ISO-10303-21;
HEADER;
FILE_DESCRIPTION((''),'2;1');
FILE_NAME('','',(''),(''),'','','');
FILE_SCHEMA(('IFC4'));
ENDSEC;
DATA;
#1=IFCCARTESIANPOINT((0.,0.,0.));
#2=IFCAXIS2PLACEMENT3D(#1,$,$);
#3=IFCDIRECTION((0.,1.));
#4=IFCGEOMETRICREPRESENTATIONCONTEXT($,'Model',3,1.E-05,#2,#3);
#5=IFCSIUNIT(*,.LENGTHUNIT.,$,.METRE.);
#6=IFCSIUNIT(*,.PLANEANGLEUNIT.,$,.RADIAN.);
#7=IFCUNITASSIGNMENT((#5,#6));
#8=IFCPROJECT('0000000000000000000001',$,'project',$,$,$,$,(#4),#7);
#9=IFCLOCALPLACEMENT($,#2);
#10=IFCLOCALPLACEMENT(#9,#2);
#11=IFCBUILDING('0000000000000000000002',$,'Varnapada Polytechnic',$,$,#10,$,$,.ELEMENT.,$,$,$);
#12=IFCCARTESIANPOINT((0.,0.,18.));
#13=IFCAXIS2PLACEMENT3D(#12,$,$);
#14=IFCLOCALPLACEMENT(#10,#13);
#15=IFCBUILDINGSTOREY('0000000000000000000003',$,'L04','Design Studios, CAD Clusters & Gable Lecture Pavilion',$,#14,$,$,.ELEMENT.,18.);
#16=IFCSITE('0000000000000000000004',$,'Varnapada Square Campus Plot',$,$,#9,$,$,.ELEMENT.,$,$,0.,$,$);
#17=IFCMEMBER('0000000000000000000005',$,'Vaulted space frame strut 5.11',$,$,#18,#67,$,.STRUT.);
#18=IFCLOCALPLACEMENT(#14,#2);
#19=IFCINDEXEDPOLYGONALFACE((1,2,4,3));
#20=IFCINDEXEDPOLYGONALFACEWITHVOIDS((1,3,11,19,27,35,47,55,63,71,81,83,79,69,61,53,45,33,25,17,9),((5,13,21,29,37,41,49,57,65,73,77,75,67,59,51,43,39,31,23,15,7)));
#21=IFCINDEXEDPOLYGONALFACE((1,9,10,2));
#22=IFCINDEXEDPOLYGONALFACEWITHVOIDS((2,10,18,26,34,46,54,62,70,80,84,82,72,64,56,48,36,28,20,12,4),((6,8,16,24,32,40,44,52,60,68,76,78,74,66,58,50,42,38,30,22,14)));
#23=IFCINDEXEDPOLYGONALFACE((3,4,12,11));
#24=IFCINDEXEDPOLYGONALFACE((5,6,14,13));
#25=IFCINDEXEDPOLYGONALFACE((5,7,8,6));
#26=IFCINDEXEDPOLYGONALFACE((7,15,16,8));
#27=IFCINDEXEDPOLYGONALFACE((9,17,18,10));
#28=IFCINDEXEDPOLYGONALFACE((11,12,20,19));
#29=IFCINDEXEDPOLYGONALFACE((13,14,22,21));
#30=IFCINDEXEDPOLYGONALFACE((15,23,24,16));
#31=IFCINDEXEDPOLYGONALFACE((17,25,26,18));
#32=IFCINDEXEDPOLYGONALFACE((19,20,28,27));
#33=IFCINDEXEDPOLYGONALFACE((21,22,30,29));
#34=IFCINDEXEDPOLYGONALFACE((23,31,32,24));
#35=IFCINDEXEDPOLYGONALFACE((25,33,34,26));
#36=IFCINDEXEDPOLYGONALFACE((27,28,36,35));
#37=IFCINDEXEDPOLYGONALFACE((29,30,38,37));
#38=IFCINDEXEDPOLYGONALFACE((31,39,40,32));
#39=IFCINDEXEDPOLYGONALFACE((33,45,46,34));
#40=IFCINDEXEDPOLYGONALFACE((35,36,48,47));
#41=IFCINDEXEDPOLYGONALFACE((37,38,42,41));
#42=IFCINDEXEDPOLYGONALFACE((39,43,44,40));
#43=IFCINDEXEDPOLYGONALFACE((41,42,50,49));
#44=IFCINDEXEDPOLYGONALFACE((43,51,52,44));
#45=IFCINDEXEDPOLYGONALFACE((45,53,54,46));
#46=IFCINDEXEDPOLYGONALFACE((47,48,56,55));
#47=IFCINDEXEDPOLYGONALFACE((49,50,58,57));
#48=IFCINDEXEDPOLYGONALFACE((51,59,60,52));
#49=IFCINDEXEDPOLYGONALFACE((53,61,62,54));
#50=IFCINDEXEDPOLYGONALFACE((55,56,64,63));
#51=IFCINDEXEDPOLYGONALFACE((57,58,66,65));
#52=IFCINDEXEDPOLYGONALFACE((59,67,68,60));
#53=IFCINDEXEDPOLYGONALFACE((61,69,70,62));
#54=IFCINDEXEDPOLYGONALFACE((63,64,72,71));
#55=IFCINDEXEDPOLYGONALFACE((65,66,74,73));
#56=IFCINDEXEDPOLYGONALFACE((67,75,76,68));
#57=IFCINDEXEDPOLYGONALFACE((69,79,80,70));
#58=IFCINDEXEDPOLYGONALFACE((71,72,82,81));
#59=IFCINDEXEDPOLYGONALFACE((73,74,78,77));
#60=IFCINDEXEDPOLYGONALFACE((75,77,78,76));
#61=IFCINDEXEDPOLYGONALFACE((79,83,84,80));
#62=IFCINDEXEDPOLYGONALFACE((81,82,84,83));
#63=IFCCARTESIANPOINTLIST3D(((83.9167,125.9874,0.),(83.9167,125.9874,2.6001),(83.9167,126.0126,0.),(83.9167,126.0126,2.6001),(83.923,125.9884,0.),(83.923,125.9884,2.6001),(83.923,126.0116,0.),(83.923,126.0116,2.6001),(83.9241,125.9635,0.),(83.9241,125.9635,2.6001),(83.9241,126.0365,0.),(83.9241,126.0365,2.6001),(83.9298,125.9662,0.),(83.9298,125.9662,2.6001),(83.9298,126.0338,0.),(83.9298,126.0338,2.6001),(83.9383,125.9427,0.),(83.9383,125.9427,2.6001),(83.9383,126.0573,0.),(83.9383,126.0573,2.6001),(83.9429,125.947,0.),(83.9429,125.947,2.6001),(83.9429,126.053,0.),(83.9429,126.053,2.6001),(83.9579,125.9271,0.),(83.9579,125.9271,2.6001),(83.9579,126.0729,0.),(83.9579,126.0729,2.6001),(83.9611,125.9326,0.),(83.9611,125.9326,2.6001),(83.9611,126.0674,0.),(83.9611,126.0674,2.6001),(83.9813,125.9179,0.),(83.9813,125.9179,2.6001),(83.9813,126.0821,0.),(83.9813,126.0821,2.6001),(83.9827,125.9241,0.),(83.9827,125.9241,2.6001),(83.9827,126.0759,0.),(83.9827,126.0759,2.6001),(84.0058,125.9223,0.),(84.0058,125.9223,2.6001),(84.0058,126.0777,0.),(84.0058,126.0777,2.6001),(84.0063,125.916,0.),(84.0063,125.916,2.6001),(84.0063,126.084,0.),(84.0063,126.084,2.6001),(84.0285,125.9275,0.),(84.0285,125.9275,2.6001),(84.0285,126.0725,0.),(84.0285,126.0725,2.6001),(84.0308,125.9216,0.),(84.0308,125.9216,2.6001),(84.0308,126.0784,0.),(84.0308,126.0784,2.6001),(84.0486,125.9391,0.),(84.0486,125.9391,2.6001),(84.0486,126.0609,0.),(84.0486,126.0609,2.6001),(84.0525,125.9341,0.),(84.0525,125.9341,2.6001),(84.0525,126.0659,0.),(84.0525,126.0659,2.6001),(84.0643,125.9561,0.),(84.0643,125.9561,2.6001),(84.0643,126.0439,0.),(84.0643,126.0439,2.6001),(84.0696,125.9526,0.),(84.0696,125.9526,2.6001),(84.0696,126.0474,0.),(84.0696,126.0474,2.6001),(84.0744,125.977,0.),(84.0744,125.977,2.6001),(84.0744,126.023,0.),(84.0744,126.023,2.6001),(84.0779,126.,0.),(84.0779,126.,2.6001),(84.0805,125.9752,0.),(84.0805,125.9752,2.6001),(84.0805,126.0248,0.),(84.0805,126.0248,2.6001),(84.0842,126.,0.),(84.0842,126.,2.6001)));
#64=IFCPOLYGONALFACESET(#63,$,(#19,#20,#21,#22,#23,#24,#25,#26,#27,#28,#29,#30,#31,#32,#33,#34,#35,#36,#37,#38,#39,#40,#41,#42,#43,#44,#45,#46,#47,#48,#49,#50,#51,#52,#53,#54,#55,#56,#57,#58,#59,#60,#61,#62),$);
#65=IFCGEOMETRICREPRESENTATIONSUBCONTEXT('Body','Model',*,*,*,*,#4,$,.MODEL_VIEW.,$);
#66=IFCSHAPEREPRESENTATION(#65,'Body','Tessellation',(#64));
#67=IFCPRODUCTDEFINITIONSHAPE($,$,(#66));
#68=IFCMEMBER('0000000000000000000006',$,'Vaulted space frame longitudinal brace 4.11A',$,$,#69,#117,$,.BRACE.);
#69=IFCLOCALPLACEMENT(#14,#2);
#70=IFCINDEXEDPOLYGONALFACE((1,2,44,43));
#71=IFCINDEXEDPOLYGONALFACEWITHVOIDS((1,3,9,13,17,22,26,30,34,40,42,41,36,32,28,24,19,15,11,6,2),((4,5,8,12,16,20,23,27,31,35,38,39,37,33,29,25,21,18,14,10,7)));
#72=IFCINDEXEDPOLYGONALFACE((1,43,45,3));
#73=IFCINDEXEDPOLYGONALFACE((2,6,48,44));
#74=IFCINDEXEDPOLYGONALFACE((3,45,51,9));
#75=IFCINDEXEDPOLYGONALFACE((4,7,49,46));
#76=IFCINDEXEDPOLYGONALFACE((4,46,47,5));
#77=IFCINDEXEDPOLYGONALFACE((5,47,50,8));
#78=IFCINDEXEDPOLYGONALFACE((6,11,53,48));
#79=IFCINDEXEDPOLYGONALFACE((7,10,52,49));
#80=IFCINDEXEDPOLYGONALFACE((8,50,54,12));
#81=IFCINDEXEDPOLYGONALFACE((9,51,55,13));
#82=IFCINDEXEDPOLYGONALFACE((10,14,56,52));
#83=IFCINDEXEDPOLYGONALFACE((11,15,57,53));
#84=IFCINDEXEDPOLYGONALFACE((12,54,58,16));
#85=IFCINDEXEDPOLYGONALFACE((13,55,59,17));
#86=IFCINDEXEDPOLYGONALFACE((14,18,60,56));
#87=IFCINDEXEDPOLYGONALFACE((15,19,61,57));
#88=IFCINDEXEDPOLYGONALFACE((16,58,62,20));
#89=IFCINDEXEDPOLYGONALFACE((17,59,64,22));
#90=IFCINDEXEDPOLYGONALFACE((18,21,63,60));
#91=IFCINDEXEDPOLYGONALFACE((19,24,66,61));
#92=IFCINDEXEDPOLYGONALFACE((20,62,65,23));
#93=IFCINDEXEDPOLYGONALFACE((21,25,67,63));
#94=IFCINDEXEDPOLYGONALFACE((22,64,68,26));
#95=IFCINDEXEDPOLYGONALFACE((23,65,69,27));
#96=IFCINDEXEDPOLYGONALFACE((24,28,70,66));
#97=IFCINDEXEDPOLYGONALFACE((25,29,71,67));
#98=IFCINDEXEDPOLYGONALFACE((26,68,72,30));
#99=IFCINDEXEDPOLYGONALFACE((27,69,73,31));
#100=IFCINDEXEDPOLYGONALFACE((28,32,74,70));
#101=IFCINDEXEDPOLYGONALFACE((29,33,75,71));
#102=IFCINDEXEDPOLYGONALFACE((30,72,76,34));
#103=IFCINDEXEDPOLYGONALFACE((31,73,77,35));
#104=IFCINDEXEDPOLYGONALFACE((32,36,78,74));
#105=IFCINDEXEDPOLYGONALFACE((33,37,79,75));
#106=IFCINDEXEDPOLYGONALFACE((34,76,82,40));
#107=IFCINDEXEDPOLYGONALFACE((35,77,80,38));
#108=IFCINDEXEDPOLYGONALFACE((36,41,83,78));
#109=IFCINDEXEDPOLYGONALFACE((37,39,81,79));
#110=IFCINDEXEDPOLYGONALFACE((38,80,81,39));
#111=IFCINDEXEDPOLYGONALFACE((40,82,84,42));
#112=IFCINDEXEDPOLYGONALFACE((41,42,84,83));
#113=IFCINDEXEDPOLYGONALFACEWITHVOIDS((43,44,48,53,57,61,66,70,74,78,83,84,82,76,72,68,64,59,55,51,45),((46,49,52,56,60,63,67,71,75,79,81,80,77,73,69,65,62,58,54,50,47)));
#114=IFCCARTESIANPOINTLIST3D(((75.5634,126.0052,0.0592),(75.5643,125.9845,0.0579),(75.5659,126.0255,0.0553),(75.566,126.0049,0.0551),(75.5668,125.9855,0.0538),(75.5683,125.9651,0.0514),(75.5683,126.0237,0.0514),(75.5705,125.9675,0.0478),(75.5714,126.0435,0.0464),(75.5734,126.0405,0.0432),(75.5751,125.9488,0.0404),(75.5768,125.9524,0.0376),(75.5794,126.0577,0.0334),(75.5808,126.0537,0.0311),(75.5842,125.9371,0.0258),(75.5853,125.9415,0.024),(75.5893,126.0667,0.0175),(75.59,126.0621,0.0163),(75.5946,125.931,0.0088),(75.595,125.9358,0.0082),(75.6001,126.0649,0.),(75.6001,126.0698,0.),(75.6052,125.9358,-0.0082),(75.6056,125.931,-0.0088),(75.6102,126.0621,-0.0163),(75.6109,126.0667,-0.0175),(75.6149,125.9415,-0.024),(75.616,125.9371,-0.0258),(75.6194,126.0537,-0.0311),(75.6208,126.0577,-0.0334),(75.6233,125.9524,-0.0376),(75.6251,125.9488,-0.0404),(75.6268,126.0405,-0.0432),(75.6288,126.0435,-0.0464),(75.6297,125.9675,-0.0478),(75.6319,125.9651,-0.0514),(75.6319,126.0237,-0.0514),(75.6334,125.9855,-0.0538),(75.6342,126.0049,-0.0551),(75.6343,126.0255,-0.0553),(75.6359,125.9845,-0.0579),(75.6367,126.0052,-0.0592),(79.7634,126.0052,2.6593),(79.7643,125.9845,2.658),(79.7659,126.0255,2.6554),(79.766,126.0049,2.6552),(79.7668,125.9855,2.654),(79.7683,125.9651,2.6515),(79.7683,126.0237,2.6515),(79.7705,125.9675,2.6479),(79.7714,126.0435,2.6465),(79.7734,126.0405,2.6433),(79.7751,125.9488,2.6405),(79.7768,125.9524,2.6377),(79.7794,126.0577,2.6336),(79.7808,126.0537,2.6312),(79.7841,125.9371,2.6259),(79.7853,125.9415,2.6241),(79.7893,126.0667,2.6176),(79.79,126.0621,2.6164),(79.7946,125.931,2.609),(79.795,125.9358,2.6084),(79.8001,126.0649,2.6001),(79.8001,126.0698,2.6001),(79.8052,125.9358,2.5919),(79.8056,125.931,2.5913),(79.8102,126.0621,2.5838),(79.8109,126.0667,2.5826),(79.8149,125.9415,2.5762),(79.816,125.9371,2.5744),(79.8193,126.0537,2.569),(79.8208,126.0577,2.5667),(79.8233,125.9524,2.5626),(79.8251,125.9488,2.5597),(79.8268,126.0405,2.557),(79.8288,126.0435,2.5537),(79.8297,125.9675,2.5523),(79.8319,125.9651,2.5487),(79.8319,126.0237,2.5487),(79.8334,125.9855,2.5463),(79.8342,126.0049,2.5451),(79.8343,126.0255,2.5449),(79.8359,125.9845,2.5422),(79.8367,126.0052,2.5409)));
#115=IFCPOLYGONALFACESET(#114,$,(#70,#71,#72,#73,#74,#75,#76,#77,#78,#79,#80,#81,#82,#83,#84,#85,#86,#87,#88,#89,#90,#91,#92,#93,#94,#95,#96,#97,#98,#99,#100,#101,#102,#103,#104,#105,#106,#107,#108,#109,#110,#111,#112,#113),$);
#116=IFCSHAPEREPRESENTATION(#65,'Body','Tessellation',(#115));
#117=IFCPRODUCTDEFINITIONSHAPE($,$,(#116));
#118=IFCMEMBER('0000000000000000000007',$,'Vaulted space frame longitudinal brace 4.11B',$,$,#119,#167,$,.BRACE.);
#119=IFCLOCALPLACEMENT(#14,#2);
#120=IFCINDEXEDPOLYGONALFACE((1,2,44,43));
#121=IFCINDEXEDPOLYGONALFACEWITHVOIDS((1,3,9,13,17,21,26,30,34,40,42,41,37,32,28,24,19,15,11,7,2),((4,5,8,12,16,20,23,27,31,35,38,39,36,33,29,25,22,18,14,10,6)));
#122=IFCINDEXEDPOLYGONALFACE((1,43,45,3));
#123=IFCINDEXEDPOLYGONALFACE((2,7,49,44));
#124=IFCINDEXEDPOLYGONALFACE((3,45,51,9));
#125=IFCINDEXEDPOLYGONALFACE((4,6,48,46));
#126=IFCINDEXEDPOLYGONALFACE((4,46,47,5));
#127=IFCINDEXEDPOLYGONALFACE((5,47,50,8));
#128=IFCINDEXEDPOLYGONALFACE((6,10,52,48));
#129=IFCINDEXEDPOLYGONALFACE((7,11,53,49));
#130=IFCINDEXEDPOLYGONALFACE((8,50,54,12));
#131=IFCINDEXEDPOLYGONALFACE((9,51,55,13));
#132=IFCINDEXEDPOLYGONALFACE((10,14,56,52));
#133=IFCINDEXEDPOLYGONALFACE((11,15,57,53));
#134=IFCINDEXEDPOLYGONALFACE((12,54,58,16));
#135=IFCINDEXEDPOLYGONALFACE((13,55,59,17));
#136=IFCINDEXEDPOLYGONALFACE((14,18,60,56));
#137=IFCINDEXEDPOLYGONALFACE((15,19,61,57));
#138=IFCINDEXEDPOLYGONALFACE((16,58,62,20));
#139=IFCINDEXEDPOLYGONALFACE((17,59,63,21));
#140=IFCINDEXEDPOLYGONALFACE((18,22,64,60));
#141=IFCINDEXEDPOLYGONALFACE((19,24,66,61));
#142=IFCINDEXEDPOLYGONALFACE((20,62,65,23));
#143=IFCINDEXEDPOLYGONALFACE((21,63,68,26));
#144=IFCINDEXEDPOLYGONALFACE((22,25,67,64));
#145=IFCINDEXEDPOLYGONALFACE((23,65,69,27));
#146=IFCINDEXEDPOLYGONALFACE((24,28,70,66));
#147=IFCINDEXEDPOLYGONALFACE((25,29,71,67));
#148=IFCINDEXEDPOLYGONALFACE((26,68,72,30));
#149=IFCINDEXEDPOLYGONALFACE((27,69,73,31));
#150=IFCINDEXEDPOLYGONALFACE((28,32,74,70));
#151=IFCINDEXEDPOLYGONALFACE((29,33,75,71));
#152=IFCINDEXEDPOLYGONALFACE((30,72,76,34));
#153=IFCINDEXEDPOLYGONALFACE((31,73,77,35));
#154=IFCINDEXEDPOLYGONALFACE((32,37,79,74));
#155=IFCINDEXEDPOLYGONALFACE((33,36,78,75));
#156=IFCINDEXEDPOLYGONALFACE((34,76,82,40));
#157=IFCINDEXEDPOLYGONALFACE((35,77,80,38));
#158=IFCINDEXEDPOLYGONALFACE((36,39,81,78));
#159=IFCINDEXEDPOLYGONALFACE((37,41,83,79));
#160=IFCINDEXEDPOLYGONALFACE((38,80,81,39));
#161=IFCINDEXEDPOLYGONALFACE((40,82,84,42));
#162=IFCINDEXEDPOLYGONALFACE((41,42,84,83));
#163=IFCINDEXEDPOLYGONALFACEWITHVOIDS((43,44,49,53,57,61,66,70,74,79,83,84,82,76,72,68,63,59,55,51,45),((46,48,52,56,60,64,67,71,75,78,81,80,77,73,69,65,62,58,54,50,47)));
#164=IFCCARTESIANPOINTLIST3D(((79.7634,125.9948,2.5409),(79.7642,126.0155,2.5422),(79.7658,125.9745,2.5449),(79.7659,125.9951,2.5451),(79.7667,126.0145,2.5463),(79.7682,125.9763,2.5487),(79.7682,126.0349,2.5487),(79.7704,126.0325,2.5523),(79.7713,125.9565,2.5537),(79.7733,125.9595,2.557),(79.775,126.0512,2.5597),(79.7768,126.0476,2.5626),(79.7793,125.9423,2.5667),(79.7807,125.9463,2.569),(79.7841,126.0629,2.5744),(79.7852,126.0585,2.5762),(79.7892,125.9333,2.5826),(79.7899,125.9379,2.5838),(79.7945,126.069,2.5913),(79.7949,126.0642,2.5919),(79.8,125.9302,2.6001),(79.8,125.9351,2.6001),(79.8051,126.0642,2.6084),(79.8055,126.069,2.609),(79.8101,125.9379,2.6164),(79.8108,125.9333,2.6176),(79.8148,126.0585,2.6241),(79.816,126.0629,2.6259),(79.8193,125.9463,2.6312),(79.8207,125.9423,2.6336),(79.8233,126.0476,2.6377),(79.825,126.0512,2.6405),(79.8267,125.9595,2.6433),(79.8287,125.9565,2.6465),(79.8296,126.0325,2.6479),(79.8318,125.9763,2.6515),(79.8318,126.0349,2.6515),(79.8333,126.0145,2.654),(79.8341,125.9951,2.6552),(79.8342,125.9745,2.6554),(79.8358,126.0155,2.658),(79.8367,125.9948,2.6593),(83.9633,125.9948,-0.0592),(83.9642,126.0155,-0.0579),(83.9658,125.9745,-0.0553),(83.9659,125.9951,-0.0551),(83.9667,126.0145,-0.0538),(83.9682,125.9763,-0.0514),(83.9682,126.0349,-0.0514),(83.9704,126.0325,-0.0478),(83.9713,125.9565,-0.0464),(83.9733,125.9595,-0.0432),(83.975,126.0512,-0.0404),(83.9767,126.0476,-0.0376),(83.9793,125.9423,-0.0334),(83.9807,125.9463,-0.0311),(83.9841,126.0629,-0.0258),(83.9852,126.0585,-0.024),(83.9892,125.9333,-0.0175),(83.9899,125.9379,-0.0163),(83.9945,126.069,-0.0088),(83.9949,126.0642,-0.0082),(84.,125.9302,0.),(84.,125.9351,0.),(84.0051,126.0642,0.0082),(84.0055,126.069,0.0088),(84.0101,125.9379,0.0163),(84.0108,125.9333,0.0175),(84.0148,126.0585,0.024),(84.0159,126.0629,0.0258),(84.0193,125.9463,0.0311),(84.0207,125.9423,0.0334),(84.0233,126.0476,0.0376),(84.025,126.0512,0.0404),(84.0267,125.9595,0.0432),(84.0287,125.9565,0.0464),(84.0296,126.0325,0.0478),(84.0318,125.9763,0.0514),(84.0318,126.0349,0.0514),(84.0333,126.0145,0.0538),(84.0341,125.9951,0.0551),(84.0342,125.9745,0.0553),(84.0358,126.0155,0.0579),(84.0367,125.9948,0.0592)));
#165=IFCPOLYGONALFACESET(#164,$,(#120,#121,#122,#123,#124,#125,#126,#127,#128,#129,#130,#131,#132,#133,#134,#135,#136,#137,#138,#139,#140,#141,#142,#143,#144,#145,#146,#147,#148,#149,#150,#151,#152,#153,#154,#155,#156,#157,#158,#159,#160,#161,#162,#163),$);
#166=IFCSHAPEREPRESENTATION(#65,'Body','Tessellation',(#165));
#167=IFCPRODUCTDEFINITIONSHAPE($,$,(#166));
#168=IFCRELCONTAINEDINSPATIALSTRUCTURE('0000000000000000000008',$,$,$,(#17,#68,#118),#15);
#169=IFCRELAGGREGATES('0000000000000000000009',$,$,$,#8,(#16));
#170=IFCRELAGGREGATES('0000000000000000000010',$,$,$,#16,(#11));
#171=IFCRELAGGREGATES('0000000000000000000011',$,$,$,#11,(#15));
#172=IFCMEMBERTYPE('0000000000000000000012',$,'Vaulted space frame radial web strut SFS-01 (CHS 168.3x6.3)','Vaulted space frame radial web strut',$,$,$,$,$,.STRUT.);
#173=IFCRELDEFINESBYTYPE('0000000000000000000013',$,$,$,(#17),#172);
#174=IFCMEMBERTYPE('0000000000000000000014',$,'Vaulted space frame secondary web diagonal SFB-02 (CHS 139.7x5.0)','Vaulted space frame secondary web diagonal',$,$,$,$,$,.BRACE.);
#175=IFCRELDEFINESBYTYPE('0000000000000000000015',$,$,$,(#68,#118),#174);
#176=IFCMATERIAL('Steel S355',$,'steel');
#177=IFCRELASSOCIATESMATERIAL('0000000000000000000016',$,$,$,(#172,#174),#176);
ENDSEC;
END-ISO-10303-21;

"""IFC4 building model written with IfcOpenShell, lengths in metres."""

from ifc_helpers import new_model, si_unit, direction, frame, origin, origin_2d, place, context, subcontext, project, spatial, hollow_circle, extrude, material, material_profile, profile_set, type_object, element, save


model = new_model("IFC4")

# Units and contexts
model_context = context("Model", 3, precision=1e-05, world=origin(), true_north=direction((0.0, 1.0)))
body_context = subcontext(model_context, "Body", "Model", "MODEL_VIEW")
ifc_project = project(units=[si_unit("LENGTHUNIT", "METRE"), si_unit("PLANEANGLEUNIT", "RADIAN")], contexts=[model_context])

# Site, building, storey
site_placement = place(None, origin())
site = spatial("IfcSite", under=ifc_project, at=site_placement, Name="Varnapada Square Campus Plot", CompositionType="ELEMENT", RefElevation=0.0)
building_placement = place(site_placement, origin())
building = spatial("IfcBuilding", under=site, at=building_placement, Name="Varnapada Polytechnic", CompositionType="ELEMENT")
storey_placement = place(building_placement, frame((0.0, 0.0, 18.0)))
storey = spatial("IfcBuildingStorey", under=building, at=storey_placement, Name="L04", Description="Design Studios, CAD Clusters & Gable Lecture Pavilion", CompositionType="ELEMENT", Elevation=18.0)

# Shared definitions
ifc_material = material(Name="Steel S355", Category="steel")

# Members
ifc_material_profile_1 = material_profile(ifc_material, hollow_circle(Radius=0.0842, WallThickness=0.0063, at=origin_2d()), Name="CHS 168.3x6.3")
ifc_profile_set_1 = profile_set([ifc_material_profile_1], Name="Steel S355")
member_type_1 = type_object("IfcMemberType", Name="Vaulted space frame radial web strut SFS-01 (CHS 168.3x6.3)", Description="Vaulted space frame radial web strut", PredefinedType="STRUT", material=ifc_profile_set_1)
member_1_placement = place(storey_placement, frame((84.0, 126.0, 0.0), z_axis=(0.0, 0.0, 1.0), x_axis=(1.0, 0.0, 0.0)))
element("IfcMember", 1, at=member_1_placement, inside=storey, type_object=member_type_1, Name="Vaulted space frame strut 5.11", PredefinedType="STRUT", context=body_context, shape_type="SweptSolid", body=[
    extrude(hollow_circle(Radius=0.0842, WallThickness=0.0063, at=origin_2d()), origin(), (0.0, 0.0, 1.0), 2.6001),
])
ifc_material_profile_2 = material_profile(ifc_material, hollow_circle(Radius=0.0698, WallThickness=0.0049, at=origin_2d()), Name="CHS 139.7x5.0")
ifc_profile_set_2 = profile_set([ifc_material_profile_2], Name="Steel S355")
member_type_2 = type_object("IfcMemberType", Name="Vaulted space frame secondary web diagonal SFB-02 (CHS 139.7x5.0)", Description="Vaulted space frame secondary web diagonal", PredefinedType="BRACE", material=ifc_profile_set_2)
for number, where, z_axis, x_axis, name in (
    (2, (75.6001, 126.0, 0.0), (0.850254, 0.0, 0.526373), (0.0, 1.0, 0.0), "Vaulted space frame longitudinal brace 4.11A"),
    (3, (84.0, 126.0, 0.0), (-0.850254, 0.0, 0.526373), (0.0, -1.0, 0.0), "Vaulted space frame longitudinal brace 4.11B"),
):
    element("IfcMember", number, at=place(storey_placement, frame(where, z_axis=z_axis, x_axis=x_axis)), inside=storey, type_object=member_type_2, Name=name, PredefinedType="BRACE", context=body_context, shape_type="SweptSolid", body=[
        extrude(hollow_circle(Radius=0.0698, WallThickness=0.0049, at=origin_2d()), origin(), (0.0, 0.0, 1.0), 4.9397),
    ])

save(model, "model.ifc")
